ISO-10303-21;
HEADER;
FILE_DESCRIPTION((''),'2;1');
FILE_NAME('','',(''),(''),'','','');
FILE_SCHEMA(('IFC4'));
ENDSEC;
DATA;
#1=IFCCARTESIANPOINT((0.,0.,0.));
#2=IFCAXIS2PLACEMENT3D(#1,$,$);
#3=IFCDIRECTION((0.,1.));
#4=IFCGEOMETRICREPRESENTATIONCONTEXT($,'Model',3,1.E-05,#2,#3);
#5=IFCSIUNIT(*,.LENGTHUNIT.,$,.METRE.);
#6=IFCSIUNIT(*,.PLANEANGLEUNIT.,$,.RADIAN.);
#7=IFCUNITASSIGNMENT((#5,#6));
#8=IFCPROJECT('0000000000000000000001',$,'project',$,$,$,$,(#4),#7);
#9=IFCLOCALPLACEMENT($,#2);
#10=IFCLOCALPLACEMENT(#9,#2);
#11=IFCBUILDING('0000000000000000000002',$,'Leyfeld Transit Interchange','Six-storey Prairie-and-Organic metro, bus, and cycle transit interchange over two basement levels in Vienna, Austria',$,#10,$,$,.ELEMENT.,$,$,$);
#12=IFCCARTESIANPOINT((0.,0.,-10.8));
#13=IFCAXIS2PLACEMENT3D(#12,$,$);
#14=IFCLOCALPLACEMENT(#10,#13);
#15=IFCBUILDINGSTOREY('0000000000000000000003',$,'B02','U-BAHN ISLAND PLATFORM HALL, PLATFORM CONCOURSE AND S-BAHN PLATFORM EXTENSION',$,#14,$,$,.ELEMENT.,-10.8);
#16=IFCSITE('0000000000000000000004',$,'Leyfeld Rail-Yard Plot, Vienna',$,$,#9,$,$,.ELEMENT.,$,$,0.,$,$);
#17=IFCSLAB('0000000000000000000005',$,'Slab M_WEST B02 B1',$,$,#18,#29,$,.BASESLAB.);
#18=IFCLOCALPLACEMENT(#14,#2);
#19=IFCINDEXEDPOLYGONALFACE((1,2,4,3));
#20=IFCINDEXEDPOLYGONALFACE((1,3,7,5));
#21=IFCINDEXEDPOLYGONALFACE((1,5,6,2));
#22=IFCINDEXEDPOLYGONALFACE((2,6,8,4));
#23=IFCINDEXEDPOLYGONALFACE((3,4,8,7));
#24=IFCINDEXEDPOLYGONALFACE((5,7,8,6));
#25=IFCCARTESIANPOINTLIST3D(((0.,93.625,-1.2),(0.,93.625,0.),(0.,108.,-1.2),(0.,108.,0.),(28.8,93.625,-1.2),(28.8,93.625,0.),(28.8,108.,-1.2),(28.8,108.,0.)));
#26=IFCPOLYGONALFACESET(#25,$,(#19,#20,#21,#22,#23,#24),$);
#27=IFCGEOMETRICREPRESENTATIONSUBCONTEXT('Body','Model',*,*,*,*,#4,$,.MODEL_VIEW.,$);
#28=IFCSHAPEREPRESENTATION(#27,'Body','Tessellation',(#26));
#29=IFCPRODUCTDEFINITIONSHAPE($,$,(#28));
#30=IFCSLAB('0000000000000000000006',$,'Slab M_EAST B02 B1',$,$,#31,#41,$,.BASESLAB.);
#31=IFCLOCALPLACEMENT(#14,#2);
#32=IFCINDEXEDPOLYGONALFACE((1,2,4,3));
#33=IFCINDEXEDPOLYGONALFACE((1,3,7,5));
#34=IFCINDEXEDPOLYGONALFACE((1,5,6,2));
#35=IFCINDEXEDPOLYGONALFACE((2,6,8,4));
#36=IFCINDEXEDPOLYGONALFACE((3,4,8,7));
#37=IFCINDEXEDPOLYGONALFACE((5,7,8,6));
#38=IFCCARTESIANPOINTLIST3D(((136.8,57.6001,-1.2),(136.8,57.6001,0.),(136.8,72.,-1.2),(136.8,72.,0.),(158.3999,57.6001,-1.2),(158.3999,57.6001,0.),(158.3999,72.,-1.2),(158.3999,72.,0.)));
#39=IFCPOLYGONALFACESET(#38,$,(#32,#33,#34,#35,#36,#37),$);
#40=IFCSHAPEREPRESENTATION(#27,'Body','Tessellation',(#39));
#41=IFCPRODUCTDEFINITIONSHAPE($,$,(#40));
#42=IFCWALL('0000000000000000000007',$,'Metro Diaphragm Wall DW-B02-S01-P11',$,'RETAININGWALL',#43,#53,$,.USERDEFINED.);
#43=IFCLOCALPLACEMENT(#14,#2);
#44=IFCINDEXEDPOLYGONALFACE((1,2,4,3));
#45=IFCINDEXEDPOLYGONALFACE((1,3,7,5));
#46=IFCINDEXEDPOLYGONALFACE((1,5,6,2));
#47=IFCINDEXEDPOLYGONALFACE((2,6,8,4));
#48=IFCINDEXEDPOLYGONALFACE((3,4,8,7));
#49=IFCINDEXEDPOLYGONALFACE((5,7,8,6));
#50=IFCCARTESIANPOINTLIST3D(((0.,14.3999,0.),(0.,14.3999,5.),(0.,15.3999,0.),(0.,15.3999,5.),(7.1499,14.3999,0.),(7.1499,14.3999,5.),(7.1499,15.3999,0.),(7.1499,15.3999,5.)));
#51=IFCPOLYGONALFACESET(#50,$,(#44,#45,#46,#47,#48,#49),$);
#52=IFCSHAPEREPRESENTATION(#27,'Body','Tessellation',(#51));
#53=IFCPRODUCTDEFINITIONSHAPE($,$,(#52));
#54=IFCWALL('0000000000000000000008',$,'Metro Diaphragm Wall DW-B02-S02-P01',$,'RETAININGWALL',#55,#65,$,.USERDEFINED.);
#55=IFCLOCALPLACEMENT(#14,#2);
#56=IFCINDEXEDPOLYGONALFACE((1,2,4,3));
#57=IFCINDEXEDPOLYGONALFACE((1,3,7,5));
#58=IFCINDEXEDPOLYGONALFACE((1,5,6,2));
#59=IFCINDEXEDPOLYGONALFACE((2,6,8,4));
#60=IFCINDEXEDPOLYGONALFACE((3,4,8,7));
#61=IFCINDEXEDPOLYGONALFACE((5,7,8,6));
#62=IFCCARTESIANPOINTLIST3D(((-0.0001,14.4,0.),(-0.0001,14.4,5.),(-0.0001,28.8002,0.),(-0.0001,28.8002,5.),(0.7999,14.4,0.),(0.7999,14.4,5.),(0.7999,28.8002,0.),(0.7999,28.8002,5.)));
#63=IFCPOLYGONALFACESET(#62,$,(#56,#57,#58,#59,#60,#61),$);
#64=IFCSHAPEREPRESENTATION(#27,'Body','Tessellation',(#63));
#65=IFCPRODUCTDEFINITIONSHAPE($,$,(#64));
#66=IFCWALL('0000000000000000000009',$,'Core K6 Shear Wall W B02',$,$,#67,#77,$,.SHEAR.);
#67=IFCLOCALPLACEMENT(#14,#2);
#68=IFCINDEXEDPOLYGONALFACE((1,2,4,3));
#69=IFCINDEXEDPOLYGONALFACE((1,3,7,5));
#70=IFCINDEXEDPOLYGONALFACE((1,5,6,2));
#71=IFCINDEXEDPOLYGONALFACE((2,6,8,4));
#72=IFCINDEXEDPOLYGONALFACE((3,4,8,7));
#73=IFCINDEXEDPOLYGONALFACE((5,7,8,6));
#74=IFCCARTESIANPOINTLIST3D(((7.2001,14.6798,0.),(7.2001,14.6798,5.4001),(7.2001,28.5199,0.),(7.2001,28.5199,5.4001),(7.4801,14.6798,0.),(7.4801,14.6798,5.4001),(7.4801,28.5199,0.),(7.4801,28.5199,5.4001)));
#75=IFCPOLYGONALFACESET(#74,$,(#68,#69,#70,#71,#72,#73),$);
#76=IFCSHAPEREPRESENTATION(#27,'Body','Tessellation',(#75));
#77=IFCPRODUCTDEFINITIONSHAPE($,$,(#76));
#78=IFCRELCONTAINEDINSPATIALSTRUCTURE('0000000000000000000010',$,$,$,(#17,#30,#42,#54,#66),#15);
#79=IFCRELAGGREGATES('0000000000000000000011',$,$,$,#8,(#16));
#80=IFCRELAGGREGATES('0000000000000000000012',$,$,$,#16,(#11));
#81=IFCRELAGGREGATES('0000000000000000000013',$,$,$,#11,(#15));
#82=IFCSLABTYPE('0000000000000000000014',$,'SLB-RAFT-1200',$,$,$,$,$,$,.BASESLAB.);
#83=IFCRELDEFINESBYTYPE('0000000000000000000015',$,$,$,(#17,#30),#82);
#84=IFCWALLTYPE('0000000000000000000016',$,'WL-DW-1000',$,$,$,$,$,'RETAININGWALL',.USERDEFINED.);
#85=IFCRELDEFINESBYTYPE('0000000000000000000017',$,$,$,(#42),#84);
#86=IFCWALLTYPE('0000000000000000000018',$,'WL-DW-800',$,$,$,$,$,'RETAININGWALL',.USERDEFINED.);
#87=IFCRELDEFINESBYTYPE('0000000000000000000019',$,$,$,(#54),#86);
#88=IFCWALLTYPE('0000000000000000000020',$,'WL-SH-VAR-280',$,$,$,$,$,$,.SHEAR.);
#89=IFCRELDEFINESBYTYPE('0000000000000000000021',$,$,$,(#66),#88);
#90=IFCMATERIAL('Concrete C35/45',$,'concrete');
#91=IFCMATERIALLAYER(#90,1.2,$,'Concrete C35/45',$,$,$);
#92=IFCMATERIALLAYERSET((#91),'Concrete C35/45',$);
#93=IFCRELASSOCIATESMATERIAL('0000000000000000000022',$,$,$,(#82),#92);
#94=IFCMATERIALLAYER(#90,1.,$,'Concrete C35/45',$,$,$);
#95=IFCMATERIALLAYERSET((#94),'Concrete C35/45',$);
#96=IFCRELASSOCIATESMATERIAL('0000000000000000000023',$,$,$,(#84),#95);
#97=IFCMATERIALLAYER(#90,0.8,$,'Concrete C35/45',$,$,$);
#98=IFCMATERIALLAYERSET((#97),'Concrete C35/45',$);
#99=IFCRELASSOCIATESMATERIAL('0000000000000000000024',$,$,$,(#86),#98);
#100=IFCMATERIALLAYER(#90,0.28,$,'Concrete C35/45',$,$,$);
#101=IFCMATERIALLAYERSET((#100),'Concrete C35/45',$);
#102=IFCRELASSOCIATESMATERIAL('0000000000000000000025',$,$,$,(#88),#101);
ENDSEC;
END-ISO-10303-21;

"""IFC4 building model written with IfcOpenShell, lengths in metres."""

from ifc_helpers import new_model, si_unit, direction, frame, frame_2d, origin, place, context, subcontext, project, spatial, polyline, rectangle, outline, extrude, material, layer, layer_set, type_object, element, save


model = new_model("IFC4")

# Units and contexts
model_context = context("Model", 3, precision=1e-05, world=origin(), true_north=direction((0.0, 1.0)))
body_context = subcontext(model_context, "Body", "Model", "MODEL_VIEW")
ifc_project = project(units=[si_unit("LENGTHUNIT", "METRE"), si_unit("PLANEANGLEUNIT", "RADIAN")], contexts=[model_context])

# Site, building, storey
site_placement = place(None, origin())
site = spatial("IfcSite", under=ifc_project, at=site_placement, Name="Leyfeld Rail-Yard Plot, Vienna", CompositionType="ELEMENT", RefElevation=0.0)
building_placement = place(site_placement, origin())
building = spatial("IfcBuilding", under=site, at=building_placement, Name="Leyfeld Transit Interchange", Description="Six-storey Prairie-and-Organic metro, bus, and cycle transit interchange over two basement levels in Vienna, Austria", CompositionType="ELEMENT")
storey_placement = place(building_placement, frame((0.0, 0.0, -10.8)))
storey = spatial("IfcBuildingStorey", under=building, at=storey_placement, Name="B02", Description="U-BAHN ISLAND PLATFORM HALL, PLATFORM CONCOURSE AND S-BAHN PLATFORM EXTENSION", CompositionType="ELEMENT", Elevation=-10.8)

# Shared definitions
ifc_material_1 = material(Name="Concrete C35/45", Category="concrete")

# Slabs
ifc_layer_1 = layer(ifc_material_1, 1.2, Name="Concrete C35/45")
ifc_layer_set_1 = layer_set([ifc_layer_1], Name="Concrete C35/45")
slab_type_1 = type_object("IfcSlabType", Name="SLB-RAFT-1200", PredefinedType="BASESLAB", material=ifc_layer_set_1)
slab_1_placement = place(storey_placement, frame((0.0, 0.0, -1.2)))
element("IfcSlab", 1, at=slab_1_placement, inside=storey, type_object=slab_type_1, Name="Slab M_WEST B02 B1", PredefinedType="BASESLAB", context=body_context, shape_type="SweptSolid", body=[
    extrude(outline(polyline([(0.0, 93.625), (28.8, 93.625), (28.8, 108.0), (0.0, 108.0), (0.0, 93.625)])), origin(), (0.0, 0.0, 1.0), 1.2),
])
slab_2_placement = place(storey_placement, frame((0.0, 0.0, -1.2)))
element("IfcSlab", 2, at=slab_2_placement, inside=storey, type_object=slab_type_1, Name="Slab M_EAST B02 B1", PredefinedType="BASESLAB", context=body_context, shape_type="SweptSolid", body=[
    extrude(outline(polyline([(158.3999, 72.0), (136.8, 72.0), (136.8, 57.6001), (158.3999, 57.6001), (158.3999, 72.0)])), origin(), (0.0, 0.0, 1.0), 1.2),
])

# Walls
ifc_layer_2 = layer(ifc_material_1, 1.0, Name="Concrete C35/45")
ifc_layer_set_2 = layer_set([ifc_layer_2], Name="Concrete C35/45")
wall_type_1 = type_object("IfcWallType", Name="WL-DW-1000", ElementType="RETAININGWALL", PredefinedType="USERDEFINED", material=ifc_layer_set_2)
wall_1_placement = place(storey_placement, frame((7.1499, 14.8999, 0.0), z_axis=(0.0, 0.0, 1.0), x_axis=(-1.0, 0.0, 0.0)))
element("IfcWall", 3, at=wall_1_placement, inside=storey, type_object=wall_type_1, Name="Metro Diaphragm Wall DW-B02-S01-P11", ObjectType="RETAININGWALL", PredefinedType="USERDEFINED", context=body_context, shape_type="SweptSolid", body=[
    extrude(rectangle(XDim=7.1499, YDim=1.0, at=frame_2d((3.575, 0.0))), origin(), (0.0, 0.0, 1.0), 5.0),
])
ifc_layer_3 = layer(ifc_material_1, 0.8, Name="Concrete C35/45")
ifc_layer_set_3 = layer_set([ifc_layer_3], Name="Concrete C35/45")
wall_type_2 = type_object("IfcWallType", Name="WL-DW-800", ElementType="RETAININGWALL", PredefinedType="USERDEFINED", material=ifc_layer_set_3)
wall_2_placement = place(storey_placement, frame((0.3999, 14.3999, 0.0), z_axis=(0.0, 0.0, 1.0), x_axis=(0.0, 1.0, 0.0)))
element("IfcWall", 4, at=wall_2_placement, inside=storey, type_object=wall_type_2, Name="Metro Diaphragm Wall DW-B02-S02-P01", ObjectType="RETAININGWALL", PredefinedType="USERDEFINED", context=body_context, shape_type="SweptSolid", body=[
    extrude(rectangle(XDim=14.4001, YDim=0.8, at=frame_2d((7.2002, 0.0))), origin(), (0.0, 0.0, 1.0), 5.0),
])
ifc_layer_4 = layer(ifc_material_1, 0.28, Name="Concrete C35/45")
ifc_layer_set_4 = layer_set([ifc_layer_4], Name="Concrete C35/45")
wall_type_3 = type_object("IfcWallType", Name="WL-SH-VAR-280", PredefinedType="SHEAR", material=ifc_layer_set_4)
wall_3_placement = place(storey_placement, frame((7.3401, 14.6799, 0.0), z_axis=(0.0, 0.0, 1.0), x_axis=(0.0, 1.0, 0.0)))
element("IfcWall", 5, at=wall_3_placement, inside=storey, type_object=wall_type_3, Name="Core K6 Shear Wall W B02", PredefinedType="SHEAR", context=body_context, shape_type="SweptSolid", body=[
    extrude(rectangle(XDim=13.8401, YDim=0.28, at=frame_2d((6.9199, 0.0))), origin(), (0.0, 0.0, 1.0), 5.4001),
])

save(model, "model.ifc")
